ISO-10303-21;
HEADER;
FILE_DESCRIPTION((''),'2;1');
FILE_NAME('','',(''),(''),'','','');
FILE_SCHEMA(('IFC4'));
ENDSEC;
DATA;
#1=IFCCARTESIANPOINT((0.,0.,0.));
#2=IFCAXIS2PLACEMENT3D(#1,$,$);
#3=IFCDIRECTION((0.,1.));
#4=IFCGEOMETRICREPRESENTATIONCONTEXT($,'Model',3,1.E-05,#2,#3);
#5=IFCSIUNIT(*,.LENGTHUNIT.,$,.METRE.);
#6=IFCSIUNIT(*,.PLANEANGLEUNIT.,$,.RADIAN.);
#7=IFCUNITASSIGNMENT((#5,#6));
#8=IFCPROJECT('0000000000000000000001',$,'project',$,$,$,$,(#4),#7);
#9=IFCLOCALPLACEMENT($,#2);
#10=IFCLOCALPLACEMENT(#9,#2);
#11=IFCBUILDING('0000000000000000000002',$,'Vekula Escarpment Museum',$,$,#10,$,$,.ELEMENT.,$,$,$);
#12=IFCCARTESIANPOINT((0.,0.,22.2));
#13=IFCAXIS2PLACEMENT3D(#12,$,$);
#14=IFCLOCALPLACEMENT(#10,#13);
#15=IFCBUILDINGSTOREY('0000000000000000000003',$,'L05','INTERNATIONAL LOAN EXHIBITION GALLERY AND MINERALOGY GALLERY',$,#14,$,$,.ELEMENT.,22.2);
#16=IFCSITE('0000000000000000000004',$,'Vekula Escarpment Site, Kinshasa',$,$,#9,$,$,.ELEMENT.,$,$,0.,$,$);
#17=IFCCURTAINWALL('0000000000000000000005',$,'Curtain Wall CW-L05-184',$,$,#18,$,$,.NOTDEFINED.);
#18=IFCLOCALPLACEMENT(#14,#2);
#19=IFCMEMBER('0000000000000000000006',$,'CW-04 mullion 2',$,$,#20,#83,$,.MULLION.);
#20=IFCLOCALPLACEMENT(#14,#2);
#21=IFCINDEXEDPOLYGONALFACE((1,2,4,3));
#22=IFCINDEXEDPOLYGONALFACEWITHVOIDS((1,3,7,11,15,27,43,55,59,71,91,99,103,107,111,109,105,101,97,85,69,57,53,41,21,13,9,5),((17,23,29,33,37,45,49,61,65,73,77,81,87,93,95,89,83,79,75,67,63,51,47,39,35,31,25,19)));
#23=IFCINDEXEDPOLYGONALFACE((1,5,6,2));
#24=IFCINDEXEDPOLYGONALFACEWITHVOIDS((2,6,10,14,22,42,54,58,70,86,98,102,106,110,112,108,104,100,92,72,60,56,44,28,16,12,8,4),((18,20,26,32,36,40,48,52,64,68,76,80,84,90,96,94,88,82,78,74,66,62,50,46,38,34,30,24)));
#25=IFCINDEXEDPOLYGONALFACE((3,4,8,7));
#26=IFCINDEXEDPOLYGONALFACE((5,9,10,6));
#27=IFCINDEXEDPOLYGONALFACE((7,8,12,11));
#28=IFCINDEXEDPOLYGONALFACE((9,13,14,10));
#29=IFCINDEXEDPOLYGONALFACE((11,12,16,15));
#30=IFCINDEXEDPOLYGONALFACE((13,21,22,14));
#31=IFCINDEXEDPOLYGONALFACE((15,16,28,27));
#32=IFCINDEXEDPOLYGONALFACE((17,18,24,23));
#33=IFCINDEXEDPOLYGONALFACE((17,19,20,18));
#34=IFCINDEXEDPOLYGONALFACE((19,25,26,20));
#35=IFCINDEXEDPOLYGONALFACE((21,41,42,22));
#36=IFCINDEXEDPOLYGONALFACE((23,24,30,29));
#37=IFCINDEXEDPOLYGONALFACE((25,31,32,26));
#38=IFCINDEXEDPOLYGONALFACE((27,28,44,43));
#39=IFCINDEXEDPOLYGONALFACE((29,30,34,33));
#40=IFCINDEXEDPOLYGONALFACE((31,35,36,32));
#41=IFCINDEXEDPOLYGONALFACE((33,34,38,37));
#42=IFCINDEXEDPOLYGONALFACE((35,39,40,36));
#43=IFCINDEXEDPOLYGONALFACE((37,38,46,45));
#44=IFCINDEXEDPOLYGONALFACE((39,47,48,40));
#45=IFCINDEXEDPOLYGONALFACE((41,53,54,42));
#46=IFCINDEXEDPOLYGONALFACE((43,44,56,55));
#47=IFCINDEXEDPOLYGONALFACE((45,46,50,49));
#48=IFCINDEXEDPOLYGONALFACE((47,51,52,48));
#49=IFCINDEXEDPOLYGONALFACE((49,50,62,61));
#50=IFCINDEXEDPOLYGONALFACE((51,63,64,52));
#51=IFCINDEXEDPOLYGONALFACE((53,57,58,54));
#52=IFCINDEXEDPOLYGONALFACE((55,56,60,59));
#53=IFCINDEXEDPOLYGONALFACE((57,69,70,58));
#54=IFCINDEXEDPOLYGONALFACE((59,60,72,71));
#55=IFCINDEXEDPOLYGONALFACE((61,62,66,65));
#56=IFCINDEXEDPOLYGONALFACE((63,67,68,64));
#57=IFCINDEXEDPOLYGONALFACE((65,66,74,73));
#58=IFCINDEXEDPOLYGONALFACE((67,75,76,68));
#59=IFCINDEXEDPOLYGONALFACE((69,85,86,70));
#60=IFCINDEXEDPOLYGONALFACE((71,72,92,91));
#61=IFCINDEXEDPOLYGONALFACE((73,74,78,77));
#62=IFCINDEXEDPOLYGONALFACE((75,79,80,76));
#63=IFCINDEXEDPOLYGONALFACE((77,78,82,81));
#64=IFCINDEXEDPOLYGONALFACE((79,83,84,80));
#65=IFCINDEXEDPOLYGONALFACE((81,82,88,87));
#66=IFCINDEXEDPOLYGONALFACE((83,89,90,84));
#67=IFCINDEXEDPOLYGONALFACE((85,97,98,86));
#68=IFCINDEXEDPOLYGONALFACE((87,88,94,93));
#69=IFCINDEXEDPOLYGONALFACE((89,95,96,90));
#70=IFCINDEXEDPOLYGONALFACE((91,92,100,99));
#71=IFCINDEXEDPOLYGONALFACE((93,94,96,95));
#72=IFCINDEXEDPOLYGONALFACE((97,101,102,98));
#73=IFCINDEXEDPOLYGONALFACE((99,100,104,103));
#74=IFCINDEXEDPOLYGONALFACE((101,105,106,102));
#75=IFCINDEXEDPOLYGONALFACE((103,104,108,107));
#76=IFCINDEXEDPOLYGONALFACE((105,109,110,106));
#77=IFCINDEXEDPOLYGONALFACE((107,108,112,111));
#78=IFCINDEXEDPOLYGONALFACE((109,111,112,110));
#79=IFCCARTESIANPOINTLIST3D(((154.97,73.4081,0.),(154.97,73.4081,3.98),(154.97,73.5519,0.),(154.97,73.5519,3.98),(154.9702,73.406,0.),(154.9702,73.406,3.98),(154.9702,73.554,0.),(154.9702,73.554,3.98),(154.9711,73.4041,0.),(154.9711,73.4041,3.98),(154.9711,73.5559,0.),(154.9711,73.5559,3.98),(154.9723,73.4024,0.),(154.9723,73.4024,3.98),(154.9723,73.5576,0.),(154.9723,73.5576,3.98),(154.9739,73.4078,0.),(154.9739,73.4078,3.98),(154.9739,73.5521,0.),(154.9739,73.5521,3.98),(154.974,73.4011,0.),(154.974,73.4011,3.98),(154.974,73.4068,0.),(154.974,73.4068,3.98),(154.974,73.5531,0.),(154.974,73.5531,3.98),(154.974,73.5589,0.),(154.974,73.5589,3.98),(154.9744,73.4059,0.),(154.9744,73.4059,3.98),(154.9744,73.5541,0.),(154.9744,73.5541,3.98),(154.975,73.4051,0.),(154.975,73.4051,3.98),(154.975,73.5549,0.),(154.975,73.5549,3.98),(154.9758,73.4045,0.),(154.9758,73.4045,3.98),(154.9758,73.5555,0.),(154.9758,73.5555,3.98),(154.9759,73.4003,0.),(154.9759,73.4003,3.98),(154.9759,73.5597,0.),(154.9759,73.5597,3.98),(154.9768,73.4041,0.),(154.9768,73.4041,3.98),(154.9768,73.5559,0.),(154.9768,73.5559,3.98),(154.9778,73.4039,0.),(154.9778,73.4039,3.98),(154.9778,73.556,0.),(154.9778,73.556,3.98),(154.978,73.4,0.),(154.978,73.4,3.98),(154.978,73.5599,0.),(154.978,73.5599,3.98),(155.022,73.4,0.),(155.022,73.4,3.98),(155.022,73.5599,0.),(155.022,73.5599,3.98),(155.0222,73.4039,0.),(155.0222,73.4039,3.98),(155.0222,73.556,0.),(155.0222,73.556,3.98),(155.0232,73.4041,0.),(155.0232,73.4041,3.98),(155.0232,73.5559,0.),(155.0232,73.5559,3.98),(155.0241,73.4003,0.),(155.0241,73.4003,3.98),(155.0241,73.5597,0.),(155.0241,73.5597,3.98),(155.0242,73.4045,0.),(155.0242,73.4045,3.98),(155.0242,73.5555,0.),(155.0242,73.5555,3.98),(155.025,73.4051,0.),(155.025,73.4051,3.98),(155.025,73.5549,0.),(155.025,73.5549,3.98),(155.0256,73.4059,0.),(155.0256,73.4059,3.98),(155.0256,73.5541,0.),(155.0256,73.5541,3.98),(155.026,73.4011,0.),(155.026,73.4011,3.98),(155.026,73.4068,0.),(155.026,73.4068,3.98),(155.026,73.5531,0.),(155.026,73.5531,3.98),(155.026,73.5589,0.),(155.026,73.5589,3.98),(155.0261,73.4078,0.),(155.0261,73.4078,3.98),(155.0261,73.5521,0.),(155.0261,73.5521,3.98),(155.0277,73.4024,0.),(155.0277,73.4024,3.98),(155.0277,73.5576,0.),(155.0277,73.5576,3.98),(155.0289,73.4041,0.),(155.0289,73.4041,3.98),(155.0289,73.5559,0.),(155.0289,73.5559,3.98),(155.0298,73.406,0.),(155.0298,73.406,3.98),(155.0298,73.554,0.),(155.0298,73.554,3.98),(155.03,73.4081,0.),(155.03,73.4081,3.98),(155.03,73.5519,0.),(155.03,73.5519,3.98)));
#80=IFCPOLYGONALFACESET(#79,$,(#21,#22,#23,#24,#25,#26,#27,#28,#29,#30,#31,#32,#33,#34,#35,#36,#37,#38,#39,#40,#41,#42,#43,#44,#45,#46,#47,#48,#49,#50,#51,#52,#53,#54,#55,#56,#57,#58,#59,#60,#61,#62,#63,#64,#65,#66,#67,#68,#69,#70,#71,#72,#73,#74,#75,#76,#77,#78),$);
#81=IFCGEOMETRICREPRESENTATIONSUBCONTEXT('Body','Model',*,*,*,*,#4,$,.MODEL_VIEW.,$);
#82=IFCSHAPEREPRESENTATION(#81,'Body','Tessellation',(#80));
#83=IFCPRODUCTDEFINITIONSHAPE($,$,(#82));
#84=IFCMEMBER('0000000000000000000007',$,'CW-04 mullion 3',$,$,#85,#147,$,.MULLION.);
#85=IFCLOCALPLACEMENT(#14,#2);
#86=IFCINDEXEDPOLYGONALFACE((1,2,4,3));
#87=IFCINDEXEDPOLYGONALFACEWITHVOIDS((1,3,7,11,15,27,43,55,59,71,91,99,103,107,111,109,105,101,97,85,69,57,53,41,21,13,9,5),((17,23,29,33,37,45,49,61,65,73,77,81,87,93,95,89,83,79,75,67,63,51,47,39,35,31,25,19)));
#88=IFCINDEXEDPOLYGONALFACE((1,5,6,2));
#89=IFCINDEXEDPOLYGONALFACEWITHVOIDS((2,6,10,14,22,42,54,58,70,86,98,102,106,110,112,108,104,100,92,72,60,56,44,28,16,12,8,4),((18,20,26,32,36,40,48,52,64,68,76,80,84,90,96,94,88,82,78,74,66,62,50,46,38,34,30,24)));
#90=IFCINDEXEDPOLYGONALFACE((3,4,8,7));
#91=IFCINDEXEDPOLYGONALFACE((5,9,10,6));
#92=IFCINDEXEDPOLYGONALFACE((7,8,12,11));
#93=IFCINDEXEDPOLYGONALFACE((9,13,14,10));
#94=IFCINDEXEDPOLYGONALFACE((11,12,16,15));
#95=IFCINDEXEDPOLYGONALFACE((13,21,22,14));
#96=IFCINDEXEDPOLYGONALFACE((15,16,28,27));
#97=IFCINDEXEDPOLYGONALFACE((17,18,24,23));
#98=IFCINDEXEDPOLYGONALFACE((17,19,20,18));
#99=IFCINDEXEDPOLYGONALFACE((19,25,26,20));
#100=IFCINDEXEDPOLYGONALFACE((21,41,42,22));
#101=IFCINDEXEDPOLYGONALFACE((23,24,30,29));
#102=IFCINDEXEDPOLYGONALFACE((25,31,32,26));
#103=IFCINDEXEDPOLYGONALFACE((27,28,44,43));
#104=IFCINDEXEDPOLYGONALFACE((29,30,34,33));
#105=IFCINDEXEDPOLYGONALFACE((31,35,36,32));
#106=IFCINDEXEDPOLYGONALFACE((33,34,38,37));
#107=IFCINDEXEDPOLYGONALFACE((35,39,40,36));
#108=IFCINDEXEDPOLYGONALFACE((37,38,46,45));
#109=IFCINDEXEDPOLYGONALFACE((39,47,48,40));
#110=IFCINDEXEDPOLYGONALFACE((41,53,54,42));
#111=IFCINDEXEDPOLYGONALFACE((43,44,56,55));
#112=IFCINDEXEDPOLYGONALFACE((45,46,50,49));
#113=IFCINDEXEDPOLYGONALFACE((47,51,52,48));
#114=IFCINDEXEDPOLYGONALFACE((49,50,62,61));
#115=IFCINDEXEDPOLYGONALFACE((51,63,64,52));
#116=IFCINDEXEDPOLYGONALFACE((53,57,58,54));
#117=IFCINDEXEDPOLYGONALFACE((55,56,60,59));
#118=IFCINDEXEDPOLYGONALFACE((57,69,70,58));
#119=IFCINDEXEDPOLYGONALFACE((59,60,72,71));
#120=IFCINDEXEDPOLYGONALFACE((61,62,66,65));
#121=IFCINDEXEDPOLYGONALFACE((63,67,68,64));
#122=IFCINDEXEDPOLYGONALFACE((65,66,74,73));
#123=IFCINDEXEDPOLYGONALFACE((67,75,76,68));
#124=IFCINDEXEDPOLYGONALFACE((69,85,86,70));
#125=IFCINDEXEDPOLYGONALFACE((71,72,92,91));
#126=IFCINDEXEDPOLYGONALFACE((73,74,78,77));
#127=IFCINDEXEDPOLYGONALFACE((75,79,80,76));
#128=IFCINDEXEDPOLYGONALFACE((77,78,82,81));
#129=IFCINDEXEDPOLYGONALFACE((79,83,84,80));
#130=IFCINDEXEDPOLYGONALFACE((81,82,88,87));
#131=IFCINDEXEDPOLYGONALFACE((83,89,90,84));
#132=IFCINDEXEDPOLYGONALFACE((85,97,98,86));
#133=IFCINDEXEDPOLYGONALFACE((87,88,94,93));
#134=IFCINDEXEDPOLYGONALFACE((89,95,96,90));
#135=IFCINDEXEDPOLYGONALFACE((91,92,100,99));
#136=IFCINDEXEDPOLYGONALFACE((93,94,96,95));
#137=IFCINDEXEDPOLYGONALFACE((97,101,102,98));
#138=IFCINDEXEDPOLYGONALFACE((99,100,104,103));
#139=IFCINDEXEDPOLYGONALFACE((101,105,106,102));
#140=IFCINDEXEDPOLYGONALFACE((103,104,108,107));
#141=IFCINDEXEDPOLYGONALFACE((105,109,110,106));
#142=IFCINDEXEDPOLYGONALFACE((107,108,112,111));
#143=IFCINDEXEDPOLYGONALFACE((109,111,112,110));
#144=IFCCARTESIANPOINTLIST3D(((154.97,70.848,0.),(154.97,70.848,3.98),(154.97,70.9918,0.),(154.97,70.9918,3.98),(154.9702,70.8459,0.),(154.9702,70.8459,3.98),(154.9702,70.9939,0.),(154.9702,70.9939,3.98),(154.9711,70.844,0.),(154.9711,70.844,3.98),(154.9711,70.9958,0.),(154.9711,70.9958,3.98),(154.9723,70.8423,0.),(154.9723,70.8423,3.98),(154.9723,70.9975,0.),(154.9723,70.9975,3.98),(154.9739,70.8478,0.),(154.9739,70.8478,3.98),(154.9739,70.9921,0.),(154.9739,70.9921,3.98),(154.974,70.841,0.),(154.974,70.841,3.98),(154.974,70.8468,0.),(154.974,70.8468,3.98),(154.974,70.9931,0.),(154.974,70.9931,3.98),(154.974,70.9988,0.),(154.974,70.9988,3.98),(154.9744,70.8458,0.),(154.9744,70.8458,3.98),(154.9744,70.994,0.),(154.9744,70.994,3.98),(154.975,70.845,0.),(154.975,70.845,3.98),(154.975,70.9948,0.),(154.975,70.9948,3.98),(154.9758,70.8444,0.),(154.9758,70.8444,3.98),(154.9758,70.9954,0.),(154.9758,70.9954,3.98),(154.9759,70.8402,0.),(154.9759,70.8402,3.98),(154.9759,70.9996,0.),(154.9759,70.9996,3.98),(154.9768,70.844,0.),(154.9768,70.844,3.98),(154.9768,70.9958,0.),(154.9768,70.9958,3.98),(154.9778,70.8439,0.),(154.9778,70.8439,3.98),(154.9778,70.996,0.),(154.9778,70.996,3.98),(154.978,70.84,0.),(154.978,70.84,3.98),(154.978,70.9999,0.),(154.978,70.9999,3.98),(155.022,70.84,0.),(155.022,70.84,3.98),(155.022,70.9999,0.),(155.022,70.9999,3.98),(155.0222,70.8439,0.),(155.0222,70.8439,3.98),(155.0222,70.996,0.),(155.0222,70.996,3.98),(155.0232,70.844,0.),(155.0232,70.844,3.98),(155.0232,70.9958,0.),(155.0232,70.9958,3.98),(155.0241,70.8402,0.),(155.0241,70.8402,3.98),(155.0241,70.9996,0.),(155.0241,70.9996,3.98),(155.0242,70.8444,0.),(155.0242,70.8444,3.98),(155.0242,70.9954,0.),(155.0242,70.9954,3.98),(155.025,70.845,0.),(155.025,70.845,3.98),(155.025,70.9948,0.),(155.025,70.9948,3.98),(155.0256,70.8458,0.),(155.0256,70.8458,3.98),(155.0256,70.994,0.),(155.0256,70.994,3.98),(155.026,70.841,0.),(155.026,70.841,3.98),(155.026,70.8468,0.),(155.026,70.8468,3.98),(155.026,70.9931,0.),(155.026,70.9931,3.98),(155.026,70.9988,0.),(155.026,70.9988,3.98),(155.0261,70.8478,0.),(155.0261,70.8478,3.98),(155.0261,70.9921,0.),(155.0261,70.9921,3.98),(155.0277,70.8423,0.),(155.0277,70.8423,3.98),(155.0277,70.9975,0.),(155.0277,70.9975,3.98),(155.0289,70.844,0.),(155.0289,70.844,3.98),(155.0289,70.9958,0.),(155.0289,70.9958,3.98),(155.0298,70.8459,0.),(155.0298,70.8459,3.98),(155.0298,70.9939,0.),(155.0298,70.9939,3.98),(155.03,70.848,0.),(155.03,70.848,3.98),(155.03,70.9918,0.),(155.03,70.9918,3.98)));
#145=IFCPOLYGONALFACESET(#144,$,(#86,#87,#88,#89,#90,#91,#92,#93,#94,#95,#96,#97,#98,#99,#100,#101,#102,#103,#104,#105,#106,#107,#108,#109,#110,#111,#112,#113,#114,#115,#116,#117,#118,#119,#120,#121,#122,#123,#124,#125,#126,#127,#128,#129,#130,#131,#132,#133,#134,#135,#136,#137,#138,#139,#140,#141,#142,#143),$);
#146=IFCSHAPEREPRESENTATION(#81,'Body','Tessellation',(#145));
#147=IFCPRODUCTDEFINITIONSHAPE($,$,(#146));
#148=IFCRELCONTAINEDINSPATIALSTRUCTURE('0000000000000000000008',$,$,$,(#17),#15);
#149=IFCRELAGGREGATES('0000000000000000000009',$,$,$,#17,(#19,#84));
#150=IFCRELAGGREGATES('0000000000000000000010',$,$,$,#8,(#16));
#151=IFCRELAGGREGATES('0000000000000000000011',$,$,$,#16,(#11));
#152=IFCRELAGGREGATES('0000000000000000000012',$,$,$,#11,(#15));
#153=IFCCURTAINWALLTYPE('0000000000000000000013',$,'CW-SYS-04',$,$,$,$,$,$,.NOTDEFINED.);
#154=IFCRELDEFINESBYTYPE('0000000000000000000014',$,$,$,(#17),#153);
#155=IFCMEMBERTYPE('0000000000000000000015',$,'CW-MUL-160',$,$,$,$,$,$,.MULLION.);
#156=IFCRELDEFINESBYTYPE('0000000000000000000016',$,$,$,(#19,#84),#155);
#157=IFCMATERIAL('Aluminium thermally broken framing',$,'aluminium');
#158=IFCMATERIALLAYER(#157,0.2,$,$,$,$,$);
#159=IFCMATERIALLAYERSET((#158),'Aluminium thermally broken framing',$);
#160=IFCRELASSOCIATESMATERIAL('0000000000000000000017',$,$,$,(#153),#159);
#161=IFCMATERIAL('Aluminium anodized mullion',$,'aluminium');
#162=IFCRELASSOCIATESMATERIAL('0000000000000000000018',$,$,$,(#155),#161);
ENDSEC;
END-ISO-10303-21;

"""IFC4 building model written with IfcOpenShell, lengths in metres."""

from ifc_helpers import new_model, si_unit, direction, frame, origin, origin_2d, place, context, subcontext, project, spatial, hollow_rectangle, extrude, material, layer, layer_set, material_profile, profile_set, type_object, element, aggregate, save


model = new_model("IFC4")

# Units and contexts
model_context = context("Model", 3, precision=1e-05, world=origin(), true_north=direction((0.0, 1.0)))
body_context = subcontext(model_context, "Body", "Model", "MODEL_VIEW")
ifc_project = project(units=[si_unit("LENGTHUNIT", "METRE"), si_unit("PLANEANGLEUNIT", "RADIAN")], contexts=[model_context])

# Site, building, storey
site_placement = place(None, origin())
site = spatial("IfcSite", under=ifc_project, at=site_placement, Name="Vekula Escarpment Site, Kinshasa", CompositionType="ELEMENT", RefElevation=0.0)
building_placement = place(site_placement, origin())
building = spatial("IfcBuilding", under=site, at=building_placement, Name="Vekula Escarpment Museum", CompositionType="ELEMENT")
storey_placement = place(building_placement, frame((0.0, 0.0, 22.2)))
storey = spatial("IfcBuildingStorey", under=building, at=storey_placement, Name="L05", Description="INTERNATIONAL LOAN EXHIBITION GALLERY AND MINERALOGY GALLERY", CompositionType="ELEMENT", Elevation=22.2)

# Curtain wall, members
ifc_material_1 = material(Name="Aluminium thermally broken framing", Category="aluminium")
ifc_layer_1 = layer(ifc_material_1, 0.2)
ifc_layer_set_1 = layer_set([ifc_layer_1], Name="Aluminium thermally broken framing")
curtain_wall_type = type_object("IfcCurtainWallType", Name="CW-SYS-04", PredefinedType="NOTDEFINED", material=ifc_layer_set_1)
curtain_wall_placement = place(storey_placement, origin())
curtain_wall = element("IfcCurtainWall", 1, at=curtain_wall_placement, inside=storey, type_object=curtain_wall_type, Name="Curtain Wall CW-L05-184", PredefinedType="NOTDEFINED")
ifc_material_2 = material(Name="Aluminium anodized mullion", Category="aluminium")
ifc_material_profile_1 = material_profile(ifc_material_2, hollow_rectangle(XDim=0.0601, YDim=0.1599, WallThickness=0.0039, InnerFilletRadius=0.0039, OuterFilletRadius=0.0081, at=origin_2d()), Name="ALU 160x60x4")
ifc_profile_set_1 = profile_set([ifc_material_profile_1], Name="Aluminium anodized mullion")
member_type_1 = type_object("IfcMemberType", Name="CW-MUL-160", PredefinedType="MULLION", material=ifc_profile_set_1)
member_1_placement = place(storey_placement, frame((155.0, 73.48, 0.0), z_axis=(0.0, 0.0, 1.0), x_axis=(1.0, 0.0, 0.0)))
member_1 = element("IfcMember", 2, at=member_1_placement, type_object=member_type_1, Name="CW-04 mullion 2", PredefinedType="MULLION", context=body_context, shape_type="SweptSolid", body=[
    extrude(hollow_rectangle(XDim=0.0601, YDim=0.1599, WallThickness=0.0039, InnerFilletRadius=0.0039, OuterFilletRadius=0.0081, at=origin_2d()), origin(), (0.0, 0.0, 1.0), 3.98),
])
member_2_placement = place(storey_placement, frame((155.0, 70.9199, 0.0), z_axis=(0.0, 0.0, 1.0), x_axis=(1.0, 0.0, 0.0)))
member_2 = element("IfcMember", 3, at=member_2_placement, type_object=member_type_1, Name="CW-04 mullion 3", PredefinedType="MULLION", context=body_context, shape_type="SweptSolid", body=[
    extrude(hollow_rectangle(XDim=0.0601, YDim=0.1599, WallThickness=0.0039, InnerFilletRadius=0.0039, OuterFilletRadius=0.0081, at=origin_2d()), origin(), (0.0, 0.0, 1.0), 3.98),
])
aggregate(curtain_wall, [member_1, member_2])

save(model, "model.ifc")
